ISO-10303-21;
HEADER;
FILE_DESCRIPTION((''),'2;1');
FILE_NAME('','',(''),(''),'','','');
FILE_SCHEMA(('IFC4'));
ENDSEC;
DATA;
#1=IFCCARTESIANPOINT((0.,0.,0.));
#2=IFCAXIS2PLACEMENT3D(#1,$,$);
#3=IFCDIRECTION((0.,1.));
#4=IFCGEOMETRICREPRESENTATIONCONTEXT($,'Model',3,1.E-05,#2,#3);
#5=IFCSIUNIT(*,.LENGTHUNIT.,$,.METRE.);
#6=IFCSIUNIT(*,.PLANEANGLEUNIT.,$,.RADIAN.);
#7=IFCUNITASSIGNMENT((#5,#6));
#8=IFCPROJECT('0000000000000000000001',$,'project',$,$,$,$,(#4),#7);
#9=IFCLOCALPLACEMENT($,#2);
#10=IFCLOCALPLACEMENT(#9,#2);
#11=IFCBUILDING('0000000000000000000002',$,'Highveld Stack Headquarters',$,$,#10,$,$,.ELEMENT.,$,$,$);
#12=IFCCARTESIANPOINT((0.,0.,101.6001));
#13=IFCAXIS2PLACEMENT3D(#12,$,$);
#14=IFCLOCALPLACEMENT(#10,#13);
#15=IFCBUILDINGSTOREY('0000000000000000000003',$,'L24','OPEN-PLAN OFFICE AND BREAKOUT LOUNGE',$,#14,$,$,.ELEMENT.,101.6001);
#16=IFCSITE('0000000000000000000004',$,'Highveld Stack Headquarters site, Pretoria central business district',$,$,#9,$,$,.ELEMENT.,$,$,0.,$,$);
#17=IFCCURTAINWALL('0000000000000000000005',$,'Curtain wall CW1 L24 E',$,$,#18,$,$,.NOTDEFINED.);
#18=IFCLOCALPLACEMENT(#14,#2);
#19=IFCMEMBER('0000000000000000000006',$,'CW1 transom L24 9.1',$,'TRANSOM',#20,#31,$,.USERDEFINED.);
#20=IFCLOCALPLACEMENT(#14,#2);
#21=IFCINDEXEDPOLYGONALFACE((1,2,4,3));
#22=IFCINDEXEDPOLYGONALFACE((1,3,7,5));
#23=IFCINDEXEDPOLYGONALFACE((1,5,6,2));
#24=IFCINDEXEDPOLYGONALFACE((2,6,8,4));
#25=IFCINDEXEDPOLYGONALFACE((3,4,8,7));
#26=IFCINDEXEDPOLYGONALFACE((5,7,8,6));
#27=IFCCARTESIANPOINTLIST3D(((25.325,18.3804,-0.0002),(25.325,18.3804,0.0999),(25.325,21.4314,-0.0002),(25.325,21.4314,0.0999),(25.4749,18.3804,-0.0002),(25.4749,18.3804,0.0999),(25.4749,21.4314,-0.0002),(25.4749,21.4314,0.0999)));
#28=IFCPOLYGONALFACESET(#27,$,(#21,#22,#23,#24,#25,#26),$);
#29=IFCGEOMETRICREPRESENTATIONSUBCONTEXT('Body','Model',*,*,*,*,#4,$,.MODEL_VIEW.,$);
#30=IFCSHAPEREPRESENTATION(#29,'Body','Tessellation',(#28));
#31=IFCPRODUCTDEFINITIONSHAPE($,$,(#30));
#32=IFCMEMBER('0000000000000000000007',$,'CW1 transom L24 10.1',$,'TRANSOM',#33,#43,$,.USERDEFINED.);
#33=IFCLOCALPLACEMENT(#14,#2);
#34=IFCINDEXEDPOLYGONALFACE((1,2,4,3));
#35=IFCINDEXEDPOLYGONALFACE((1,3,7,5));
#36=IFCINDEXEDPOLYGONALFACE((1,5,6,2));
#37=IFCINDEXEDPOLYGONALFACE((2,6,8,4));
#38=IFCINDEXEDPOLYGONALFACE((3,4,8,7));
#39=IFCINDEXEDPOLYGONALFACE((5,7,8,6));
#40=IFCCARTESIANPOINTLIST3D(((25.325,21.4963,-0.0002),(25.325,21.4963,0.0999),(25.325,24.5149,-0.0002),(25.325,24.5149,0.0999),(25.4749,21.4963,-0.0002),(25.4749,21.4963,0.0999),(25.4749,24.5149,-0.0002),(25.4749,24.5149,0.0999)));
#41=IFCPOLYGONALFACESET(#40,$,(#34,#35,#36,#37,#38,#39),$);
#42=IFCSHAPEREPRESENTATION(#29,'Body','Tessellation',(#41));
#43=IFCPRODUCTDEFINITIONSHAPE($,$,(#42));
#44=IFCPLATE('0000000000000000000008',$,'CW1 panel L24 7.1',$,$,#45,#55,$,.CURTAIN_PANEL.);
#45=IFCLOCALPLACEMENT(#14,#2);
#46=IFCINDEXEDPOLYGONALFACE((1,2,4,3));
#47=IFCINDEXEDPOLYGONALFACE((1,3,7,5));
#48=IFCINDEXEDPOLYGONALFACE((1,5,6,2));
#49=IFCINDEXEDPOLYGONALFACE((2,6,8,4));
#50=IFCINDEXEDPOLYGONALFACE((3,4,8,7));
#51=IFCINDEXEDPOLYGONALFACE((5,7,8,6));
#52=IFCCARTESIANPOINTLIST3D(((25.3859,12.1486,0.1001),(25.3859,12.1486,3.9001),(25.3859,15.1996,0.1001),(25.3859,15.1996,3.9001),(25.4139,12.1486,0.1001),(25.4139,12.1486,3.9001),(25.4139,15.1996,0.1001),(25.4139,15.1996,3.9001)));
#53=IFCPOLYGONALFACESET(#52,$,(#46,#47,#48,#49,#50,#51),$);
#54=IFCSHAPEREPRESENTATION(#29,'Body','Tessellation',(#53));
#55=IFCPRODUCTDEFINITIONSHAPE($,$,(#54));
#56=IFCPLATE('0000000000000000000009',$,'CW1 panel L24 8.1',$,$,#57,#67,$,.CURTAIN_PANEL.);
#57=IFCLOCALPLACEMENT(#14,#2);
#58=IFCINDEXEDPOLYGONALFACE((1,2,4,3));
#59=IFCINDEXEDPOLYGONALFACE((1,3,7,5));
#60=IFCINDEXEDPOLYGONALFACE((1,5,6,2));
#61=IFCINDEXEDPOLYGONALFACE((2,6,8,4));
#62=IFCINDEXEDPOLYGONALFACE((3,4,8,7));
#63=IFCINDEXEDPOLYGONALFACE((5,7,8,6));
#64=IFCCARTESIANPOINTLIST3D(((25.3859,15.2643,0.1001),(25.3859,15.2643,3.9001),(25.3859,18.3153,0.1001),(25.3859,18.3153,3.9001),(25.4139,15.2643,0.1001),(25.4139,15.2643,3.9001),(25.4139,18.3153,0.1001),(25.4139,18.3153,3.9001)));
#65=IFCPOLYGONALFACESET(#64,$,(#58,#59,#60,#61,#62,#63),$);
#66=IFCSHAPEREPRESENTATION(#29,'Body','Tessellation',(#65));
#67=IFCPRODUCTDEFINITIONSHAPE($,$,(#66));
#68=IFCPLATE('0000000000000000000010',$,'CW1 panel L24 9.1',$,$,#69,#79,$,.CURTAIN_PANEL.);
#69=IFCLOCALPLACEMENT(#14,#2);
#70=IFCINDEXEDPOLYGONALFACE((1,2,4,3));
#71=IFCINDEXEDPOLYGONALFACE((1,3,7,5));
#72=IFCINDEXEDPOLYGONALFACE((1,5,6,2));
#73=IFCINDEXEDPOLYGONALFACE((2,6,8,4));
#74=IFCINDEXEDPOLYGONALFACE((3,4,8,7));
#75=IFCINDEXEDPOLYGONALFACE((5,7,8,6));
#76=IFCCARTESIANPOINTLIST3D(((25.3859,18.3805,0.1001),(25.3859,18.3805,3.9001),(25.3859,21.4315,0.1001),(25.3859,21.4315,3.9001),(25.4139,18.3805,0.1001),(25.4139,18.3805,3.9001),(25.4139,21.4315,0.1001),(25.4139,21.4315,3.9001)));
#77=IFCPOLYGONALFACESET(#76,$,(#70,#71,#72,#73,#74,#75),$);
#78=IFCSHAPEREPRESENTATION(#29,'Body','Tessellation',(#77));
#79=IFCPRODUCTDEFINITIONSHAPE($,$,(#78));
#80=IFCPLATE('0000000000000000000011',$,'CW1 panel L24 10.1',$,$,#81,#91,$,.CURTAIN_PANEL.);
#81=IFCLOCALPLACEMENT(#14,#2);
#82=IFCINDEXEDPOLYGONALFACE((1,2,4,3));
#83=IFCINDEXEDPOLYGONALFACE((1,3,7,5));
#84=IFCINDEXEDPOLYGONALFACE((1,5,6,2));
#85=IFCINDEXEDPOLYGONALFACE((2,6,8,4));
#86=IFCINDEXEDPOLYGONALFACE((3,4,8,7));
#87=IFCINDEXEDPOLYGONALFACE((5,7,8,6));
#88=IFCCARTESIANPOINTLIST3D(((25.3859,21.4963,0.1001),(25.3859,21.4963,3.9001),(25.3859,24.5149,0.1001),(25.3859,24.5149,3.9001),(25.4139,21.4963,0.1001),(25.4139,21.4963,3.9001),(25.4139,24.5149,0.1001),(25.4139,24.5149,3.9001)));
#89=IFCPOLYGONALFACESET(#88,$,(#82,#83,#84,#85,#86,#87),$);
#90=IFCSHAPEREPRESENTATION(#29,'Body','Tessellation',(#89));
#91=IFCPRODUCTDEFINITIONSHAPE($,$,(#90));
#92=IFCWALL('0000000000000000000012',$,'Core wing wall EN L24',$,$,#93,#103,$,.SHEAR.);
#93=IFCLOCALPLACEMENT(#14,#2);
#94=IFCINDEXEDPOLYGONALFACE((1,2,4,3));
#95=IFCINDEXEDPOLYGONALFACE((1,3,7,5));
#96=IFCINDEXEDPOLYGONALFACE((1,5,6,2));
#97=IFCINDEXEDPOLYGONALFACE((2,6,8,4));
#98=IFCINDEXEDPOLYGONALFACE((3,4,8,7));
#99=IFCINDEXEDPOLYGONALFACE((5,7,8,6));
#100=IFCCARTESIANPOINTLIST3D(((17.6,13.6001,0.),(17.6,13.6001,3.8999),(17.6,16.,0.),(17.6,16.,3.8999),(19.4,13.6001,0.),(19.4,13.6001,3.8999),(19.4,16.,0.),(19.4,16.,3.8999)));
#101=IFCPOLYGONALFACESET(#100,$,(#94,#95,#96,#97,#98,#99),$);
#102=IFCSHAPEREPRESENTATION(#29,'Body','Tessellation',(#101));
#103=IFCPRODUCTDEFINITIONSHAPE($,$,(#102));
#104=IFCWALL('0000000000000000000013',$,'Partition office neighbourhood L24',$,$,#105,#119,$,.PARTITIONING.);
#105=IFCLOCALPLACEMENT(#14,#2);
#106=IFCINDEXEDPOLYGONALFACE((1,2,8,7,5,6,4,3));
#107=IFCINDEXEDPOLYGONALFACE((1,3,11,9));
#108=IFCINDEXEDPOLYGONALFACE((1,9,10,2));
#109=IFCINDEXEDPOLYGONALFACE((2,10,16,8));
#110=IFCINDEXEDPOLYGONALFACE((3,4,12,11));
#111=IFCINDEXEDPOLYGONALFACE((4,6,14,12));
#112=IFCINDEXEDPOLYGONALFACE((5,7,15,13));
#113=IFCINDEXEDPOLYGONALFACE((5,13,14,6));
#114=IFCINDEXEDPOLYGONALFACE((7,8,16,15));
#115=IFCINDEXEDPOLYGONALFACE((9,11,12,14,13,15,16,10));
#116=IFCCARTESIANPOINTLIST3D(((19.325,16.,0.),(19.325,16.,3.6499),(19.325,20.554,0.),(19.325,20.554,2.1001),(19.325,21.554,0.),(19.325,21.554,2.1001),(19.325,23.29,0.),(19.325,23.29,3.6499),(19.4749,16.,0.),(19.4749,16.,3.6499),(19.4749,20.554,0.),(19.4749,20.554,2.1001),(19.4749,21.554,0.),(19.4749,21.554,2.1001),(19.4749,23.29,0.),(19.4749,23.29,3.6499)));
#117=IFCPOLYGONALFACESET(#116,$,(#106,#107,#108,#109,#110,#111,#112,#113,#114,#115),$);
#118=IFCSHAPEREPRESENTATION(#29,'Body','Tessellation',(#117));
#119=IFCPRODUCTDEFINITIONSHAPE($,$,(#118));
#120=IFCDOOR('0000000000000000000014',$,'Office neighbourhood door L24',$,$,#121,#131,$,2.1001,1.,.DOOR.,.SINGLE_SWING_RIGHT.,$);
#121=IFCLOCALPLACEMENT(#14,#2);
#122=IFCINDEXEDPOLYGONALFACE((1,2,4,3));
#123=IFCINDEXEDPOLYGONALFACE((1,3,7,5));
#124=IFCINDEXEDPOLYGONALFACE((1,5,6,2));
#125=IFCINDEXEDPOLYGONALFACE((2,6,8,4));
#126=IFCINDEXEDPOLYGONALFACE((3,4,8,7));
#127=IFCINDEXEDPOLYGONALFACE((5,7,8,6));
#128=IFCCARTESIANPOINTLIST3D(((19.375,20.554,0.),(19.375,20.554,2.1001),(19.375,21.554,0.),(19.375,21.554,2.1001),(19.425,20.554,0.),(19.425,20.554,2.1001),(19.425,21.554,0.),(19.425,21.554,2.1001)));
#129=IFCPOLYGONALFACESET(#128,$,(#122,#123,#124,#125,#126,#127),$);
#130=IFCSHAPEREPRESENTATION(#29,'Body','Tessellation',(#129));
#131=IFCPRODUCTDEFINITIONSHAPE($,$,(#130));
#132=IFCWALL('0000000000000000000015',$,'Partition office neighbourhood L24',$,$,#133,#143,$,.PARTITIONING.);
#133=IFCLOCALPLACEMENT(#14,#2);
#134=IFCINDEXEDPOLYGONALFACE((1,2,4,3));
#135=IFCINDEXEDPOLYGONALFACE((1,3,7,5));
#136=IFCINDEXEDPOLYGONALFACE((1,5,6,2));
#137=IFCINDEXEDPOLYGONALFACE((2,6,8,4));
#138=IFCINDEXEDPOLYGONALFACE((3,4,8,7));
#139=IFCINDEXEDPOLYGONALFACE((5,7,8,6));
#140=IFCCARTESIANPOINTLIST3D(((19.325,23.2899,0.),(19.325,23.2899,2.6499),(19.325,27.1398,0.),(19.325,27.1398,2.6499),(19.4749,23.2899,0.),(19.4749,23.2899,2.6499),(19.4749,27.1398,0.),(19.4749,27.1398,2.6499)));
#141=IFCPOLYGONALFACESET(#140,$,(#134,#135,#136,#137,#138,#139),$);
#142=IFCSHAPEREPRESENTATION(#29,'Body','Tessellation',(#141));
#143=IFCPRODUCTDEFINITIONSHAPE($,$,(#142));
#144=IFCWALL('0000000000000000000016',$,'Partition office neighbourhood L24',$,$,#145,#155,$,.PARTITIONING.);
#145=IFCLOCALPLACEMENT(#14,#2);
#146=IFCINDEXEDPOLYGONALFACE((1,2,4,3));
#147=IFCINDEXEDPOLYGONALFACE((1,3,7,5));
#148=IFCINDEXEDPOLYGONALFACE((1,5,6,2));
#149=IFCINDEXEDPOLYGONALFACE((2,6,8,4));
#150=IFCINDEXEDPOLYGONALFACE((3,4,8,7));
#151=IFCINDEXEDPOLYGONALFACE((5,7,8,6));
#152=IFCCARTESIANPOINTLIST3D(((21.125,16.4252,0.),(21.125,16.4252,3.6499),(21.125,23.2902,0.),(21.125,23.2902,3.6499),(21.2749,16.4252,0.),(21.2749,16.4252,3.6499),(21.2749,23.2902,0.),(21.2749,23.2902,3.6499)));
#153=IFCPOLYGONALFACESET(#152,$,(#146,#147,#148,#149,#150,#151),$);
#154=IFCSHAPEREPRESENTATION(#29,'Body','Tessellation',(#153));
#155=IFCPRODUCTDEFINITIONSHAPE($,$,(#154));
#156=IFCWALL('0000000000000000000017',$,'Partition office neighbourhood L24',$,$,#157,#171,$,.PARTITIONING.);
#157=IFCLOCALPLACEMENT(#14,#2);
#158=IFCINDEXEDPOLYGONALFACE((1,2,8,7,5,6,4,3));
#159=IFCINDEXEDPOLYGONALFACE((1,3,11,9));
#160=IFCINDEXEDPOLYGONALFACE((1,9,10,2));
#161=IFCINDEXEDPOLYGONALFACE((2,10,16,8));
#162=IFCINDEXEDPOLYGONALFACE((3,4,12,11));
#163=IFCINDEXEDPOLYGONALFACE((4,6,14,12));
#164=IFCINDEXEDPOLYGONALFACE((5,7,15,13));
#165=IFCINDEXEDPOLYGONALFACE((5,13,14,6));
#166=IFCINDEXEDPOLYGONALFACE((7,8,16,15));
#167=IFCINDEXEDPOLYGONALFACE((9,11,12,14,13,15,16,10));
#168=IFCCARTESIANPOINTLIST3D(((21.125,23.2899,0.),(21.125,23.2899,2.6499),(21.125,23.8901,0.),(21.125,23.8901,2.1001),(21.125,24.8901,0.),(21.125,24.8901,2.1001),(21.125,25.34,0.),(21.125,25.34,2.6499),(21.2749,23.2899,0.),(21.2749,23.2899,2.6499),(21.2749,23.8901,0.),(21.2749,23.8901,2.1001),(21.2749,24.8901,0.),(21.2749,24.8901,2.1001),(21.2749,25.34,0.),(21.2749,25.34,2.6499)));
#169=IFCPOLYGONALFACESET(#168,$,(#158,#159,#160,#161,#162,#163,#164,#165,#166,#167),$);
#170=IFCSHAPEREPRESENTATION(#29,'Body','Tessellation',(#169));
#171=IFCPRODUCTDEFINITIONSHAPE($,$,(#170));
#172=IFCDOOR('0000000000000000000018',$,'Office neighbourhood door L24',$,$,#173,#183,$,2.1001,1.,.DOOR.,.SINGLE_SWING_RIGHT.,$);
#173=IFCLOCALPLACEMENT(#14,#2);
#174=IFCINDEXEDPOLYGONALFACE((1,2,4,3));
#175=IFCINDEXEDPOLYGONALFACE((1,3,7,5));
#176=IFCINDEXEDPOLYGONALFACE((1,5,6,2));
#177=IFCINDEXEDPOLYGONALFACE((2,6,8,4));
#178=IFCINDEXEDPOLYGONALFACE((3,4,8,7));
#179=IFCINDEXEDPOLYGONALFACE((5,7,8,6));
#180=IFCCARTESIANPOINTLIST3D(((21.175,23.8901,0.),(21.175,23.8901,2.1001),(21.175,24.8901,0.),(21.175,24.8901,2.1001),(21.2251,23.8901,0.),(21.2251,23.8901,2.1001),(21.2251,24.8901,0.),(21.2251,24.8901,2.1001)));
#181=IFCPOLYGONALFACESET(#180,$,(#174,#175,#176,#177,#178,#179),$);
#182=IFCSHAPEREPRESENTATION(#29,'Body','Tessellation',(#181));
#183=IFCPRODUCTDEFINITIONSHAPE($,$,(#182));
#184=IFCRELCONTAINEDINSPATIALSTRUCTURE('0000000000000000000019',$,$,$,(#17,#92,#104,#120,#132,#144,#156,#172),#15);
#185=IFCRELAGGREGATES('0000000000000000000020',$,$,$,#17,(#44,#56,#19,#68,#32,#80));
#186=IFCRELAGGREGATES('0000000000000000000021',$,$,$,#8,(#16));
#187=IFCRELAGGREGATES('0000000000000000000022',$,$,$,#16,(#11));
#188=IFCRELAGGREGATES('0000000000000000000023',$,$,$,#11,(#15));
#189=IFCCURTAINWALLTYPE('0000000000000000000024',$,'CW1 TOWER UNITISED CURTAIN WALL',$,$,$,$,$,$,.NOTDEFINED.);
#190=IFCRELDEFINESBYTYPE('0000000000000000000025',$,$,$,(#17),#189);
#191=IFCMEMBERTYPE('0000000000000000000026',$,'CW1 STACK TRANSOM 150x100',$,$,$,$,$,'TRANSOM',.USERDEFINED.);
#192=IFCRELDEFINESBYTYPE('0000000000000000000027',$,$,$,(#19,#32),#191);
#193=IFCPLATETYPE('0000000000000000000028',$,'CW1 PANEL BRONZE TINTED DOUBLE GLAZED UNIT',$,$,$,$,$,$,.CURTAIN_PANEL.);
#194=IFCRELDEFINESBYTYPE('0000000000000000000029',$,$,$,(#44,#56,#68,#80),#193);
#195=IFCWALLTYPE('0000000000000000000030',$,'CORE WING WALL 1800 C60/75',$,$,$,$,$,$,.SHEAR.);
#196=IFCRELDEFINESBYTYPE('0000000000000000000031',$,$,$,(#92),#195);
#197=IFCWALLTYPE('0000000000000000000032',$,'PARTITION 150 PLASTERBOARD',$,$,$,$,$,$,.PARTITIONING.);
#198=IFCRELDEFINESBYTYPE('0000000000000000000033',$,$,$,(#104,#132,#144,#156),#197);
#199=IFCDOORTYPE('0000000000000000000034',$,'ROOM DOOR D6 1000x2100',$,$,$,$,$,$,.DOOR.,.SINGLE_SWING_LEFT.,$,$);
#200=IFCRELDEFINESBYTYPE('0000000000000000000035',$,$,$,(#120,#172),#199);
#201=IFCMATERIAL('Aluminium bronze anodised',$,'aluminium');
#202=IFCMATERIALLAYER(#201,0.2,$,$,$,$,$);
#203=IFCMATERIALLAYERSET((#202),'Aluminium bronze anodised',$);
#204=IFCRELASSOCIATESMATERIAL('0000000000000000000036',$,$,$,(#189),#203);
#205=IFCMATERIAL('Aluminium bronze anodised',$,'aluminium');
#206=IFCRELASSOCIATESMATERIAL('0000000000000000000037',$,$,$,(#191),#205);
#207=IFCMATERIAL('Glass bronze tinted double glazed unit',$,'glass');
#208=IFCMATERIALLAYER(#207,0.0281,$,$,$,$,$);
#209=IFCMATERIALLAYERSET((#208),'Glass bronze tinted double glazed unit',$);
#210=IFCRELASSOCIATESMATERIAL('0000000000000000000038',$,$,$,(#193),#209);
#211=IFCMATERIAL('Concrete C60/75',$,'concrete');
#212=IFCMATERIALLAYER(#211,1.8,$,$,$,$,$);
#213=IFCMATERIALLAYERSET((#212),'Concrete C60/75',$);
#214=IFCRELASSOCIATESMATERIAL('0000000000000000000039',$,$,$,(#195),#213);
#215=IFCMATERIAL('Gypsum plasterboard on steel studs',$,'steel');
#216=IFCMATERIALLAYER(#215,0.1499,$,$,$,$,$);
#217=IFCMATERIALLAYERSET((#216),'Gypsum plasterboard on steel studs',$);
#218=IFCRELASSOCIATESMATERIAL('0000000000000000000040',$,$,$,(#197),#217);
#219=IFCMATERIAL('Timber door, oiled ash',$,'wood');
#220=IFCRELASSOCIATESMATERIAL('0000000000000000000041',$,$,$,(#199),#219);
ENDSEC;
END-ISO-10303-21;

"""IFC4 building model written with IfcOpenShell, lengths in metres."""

from ifc_helpers import new_model, si_unit, direction, frame, frame_2d, origin, origin_2d, place, context, subcontext, project, spatial, rectangle, extrude, material, layer, layer_set, material_profile, profile_set, type_object, element, fill, aggregate, save


model = new_model("IFC4")

# Units and contexts
model_context = context("Model", 3, precision=1e-05, world=origin(), true_north=direction((0.0, 1.0)))
body_context = subcontext(model_context, "Body", "Model", "MODEL_VIEW")
ifc_project = project(units=[si_unit("LENGTHUNIT", "METRE"), si_unit("PLANEANGLEUNIT", "RADIAN")], contexts=[model_context])

# Site, building, storey
site_placement = place(None, origin())
site = spatial("IfcSite", under=ifc_project, at=site_placement, Name="Highveld Stack Headquarters site, Pretoria central business district", CompositionType="ELEMENT", RefElevation=0.0)
building_placement = place(site_placement, origin())
building = spatial("IfcBuilding", under=site, at=building_placement, Name="Highveld Stack Headquarters", CompositionType="ELEMENT")
storey_placement = place(building_placement, frame((0.0, 0.0, 101.6001)))
storey = spatial("IfcBuildingStorey", under=building, at=storey_placement, Name="L24", Description="OPEN-PLAN OFFICE AND BREAKOUT LOUNGE", CompositionType="ELEMENT", Elevation=101.6001)

# Curtain wall, members, plates
ifc_material_1 = material(Name="Aluminium bronze anodised", Category="aluminium")
ifc_layer_1 = layer(ifc_material_1, 0.2)
ifc_layer_set_1 = layer_set([ifc_layer_1], Name="Aluminium bronze anodised")
curtain_wall_type = type_object("IfcCurtainWallType", Name="CW1 TOWER UNITISED CURTAIN WALL", PredefinedType="NOTDEFINED", material=ifc_layer_set_1)
curtain_wall_placement = place(storey_placement, origin())
curtain_wall = element("IfcCurtainWall", 1, at=curtain_wall_placement, inside=storey, type_object=curtain_wall_type, Name="Curtain wall CW1 L24 E", PredefinedType="NOTDEFINED")
ifc_material_2 = material(Name="Aluminium bronze anodised", Category="aluminium")
ifc_material_profile_1 = material_profile(ifc_material_2, rectangle(XDim=0.1499, YDim=0.1001, at=origin_2d()), Name="CW1 TRANSOM 150x100")
ifc_profile_set_1 = profile_set([ifc_material_profile_1], Name="Aluminium bronze anodised")
member_type_1 = type_object("IfcMemberType", Name="CW1 STACK TRANSOM 150x100", ElementType="TRANSOM", PredefinedType="USERDEFINED", material=ifc_profile_set_1)
member_1_placement = place(storey_placement, frame((25.3999, 18.3804, 0.0498), z_axis=(0.0, 1.0, 0.0), x_axis=(-1.0, 0.0, 0.0)))
member_1 = element("IfcMember", 2, at=member_1_placement, type_object=member_type_1, Name="CW1 transom L24 9.1", ObjectType="TRANSOM", PredefinedType="USERDEFINED", context=body_context, shape_type="SweptSolid", body=[
    extrude(rectangle(XDim=0.1499, YDim=0.1001, at=origin_2d()), origin(), (0.0, 0.0, 1.0), 3.051),
])
member_2_placement = place(storey_placement, frame((25.3999, 21.4963, 0.0498), z_axis=(0.0, 1.0, 0.0), x_axis=(-1.0, 0.0, 0.0)))
member_2 = element("IfcMember", 3, at=member_2_placement, type_object=member_type_1, Name="CW1 transom L24 10.1", ObjectType="TRANSOM", PredefinedType="USERDEFINED", context=body_context, shape_type="SweptSolid", body=[
    extrude(rectangle(XDim=0.1499, YDim=0.1001, at=origin_2d()), origin(), (0.0, 0.0, 1.0), 3.0186),
])
ifc_material_3 = material(Name="Glass bronze tinted double glazed unit", Category="glass")
ifc_layer_2 = layer(ifc_material_3, 0.0281)
ifc_layer_set_2 = layer_set([ifc_layer_2], Name="Glass bronze tinted double glazed unit")
plate_type = type_object("IfcPlateType", Name="CW1 PANEL BRONZE TINTED DOUBLE GLAZED UNIT", PredefinedType="CURTAIN_PANEL", material=ifc_layer_set_2)
plate_1_placement = place(storey_placement, frame((25.3999, 13.6741, 0.1001), z_axis=(0.0, 0.0, 1.0), x_axis=(0.0, 1.0, 0.0)))
plate_1 = element("IfcPlate", 4, at=plate_1_placement, type_object=plate_type, Name="CW1 panel L24 7.1", PredefinedType="CURTAIN_PANEL", context=body_context, shape_type="SweptSolid", body=[
    extrude(rectangle(XDim=3.051, YDim=0.0281, at=origin_2d()), origin(), (0.0, 0.0, 1.0), 3.8),
])
plate_2_placement = place(storey_placement, frame((25.3999, 16.7898, 0.1001), z_axis=(0.0, 0.0, 1.0), x_axis=(0.0, 1.0, 0.0)))
plate_2 = element("IfcPlate", 5, at=plate_2_placement, type_object=plate_type, Name="CW1 panel L24 8.1", PredefinedType="CURTAIN_PANEL", context=body_context, shape_type="SweptSolid", body=[
    extrude(rectangle(XDim=3.051, YDim=0.0281, at=origin_2d()), origin(), (0.0, 0.0, 1.0), 3.8),
])
plate_3_placement = place(storey_placement, frame((25.3999, 19.906, 0.1001), z_axis=(0.0, 0.0, 1.0), x_axis=(0.0, 1.0, 0.0)))
plate_3 = element("IfcPlate", 6, at=plate_3_placement, type_object=plate_type, Name="CW1 panel L24 9.1", PredefinedType="CURTAIN_PANEL", context=body_context, shape_type="SweptSolid", body=[
    extrude(rectangle(XDim=3.051, YDim=0.0281, at=origin_2d()), origin(), (0.0, 0.0, 1.0), 3.8),
])
plate_4_placement = place(storey_placement, frame((25.3999, 23.0056, 0.1001), z_axis=(0.0, 0.0, 1.0), x_axis=(0.0, 1.0, 0.0)))
plate_4 = element("IfcPlate", 7, at=plate_4_placement, type_object=plate_type, Name="CW1 panel L24 10.1", PredefinedType="CURTAIN_PANEL", context=body_context, shape_type="SweptSolid", body=[
    extrude(rectangle(XDim=3.0186, YDim=0.0281, at=origin_2d()), origin(), (0.0, 0.0, 1.0), 3.8),
])
aggregate(curtain_wall, [plate_1, plate_2, member_1, plate_3, member_2, plate_4])

# Wall
ifc_material_4 = material(Name="Concrete C60/75", Category="concrete")
ifc_layer_3 = layer(ifc_material_4, 1.8)
ifc_layer_set_3 = layer_set([ifc_layer_3], Name="Concrete C60/75")
wall_type_1 = type_object("IfcWallType", Name="CORE WING WALL 1800 C60/75", PredefinedType="SHEAR", material=ifc_layer_set_3)
wall_1_placement = place(storey_placement, frame((18.5, 13.6001, 0.0), z_axis=(0.0, 0.0, 1.0), x_axis=(0.0, 1.0, 0.0)))
element("IfcWall", 8, at=wall_1_placement, inside=storey, type_object=wall_type_1, Name="Core wing wall EN L24", PredefinedType="SHEAR", context=body_context, shape_type="SweptSolid", body=[
    extrude(rectangle(XDim=2.3999, YDim=1.8, at=frame_2d((1.2, 0.0))), origin(), (0.0, 0.0, 1.0), 3.8999),
])

# Wall, opening, door
ifc_material_5 = material(Name="Gypsum plasterboard on steel studs", Category="steel")
ifc_layer_4 = layer(ifc_material_5, 0.1499)
ifc_layer_set_4 = layer_set([ifc_layer_4], Name="Gypsum plasterboard on steel studs")
wall_type_2 = type_object("IfcWallType", Name="PARTITION 150 PLASTERBOARD", PredefinedType="PARTITIONING", material=ifc_layer_set_4)
wall_2_placement = place(storey_placement, frame((19.3999, 16.0, 0.0), z_axis=(0.0, 0.0, 1.0), x_axis=(0.0, 1.0, 0.0)))
wall_2 = element("IfcWall", 9, at=wall_2_placement, inside=storey, type_object=wall_type_2, Name="Partition office neighbourhood L24", PredefinedType="PARTITIONING", context=body_context, shape_type="SweptSolid", body=[
    extrude(rectangle(XDim=7.29, YDim=0.1499, at=frame_2d((3.645, 0.0))), origin(), (0.0, 0.0, 1.0), 3.6499),
])
opening_1_placement = place(wall_2_placement, frame((4.554, 0.0, 0.0)))
opening_1 = element("IfcOpeningElement", 10, at=opening_1_placement, cuts=wall_2, PredefinedType="OPENING", context=body_context, shape_type="SweptSolid", body=[
    extrude(rectangle(XDim=1.0, YDim=2.1001, at=frame_2d((0.5, 1.05))), frame((0.0, 0.085, 0.0), z_axis=(0.0, -1.0, 0.0), x_axis=(1.0, 0.0, 0.0)), (0.0, 0.0, 1.0), 0.1699),
])
ifc_material_6 = material(Name="Timber door, oiled ash", Category="wood")
door_type = type_object("IfcDoorType", Name="ROOM DOOR D6 1000x2100", OperationType="SINGLE_SWING_LEFT", PredefinedType="DOOR", material=ifc_material_6)
door_1_placement = place(opening_1_placement, origin())
door_1 = element("IfcDoor", 11, at=door_1_placement, inside=storey, type_object=door_type, Name="Office neighbourhood door L24", OperationType="SINGLE_SWING_RIGHT", OverallHeight=2.1001, OverallWidth=1.0, PredefinedType="DOOR", context=body_context, shape_type="SweptSolid", body=[
    extrude(rectangle(XDim=1.0, YDim=2.1001, at=frame_2d((0.5, 1.05))), frame((0.0, 0.0249, 0.0), z_axis=(0.0, -1.0, 0.0), x_axis=(1.0, 0.0, 0.0)), (0.0, 0.0, 1.0), 0.05),
])
fill(opening_1, door_1)

# Walls
wall_3_placement = place(storey_placement, frame((19.3999, 23.29, 0.0), z_axis=(0.0, 0.0, 1.0), x_axis=(0.0, 1.0, 0.0)))
element("IfcWall", 12, at=wall_3_placement, inside=storey, type_object=wall_type_2, Name="Partition office neighbourhood L24", PredefinedType="PARTITIONING", context=body_context, shape_type="SweptSolid", body=[
    extrude(rectangle(XDim=3.8499, YDim=0.1499, at=frame_2d((1.9248, 0.0))), origin(), (0.0, 0.0, 1.0), 2.6499),
])
wall_4_placement = place(storey_placement, frame((21.2, 16.425, 0.0), z_axis=(0.0, 0.0, 1.0), x_axis=(0.0, 1.0, 0.0)))
element("IfcWall", 13, at=wall_4_placement, inside=storey, type_object=wall_type_2, Name="Partition office neighbourhood L24", PredefinedType="PARTITIONING", context=body_context, shape_type="SweptSolid", body=[
    extrude(rectangle(XDim=6.865, YDim=0.1499, at=frame_2d((3.4326, 0.0))), origin(), (0.0, 0.0, 1.0), 3.6499),
])

# Wall, opening, door
wall_5_placement = place(storey_placement, frame((21.2, 23.29, 0.0), z_axis=(0.0, 0.0, 1.0), x_axis=(0.0, 1.0, 0.0)))
wall_5 = element("IfcWall", 14, at=wall_5_placement, inside=storey, type_object=wall_type_2, Name="Partition office neighbourhood L24", PredefinedType="PARTITIONING", context=body_context, shape_type="SweptSolid", body=[
    extrude(rectangle(XDim=2.05, YDim=0.1499, at=frame_2d((1.0249, 0.0))), origin(), (0.0, 0.0, 1.0), 2.6499),
])
opening_2_placement = place(wall_5_placement, frame((0.6001, 0.0, 0.0)))
opening_2 = element("IfcOpeningElement", 15, at=opening_2_placement, cuts=wall_5, PredefinedType="OPENING", context=body_context, shape_type="SweptSolid", body=[
    extrude(rectangle(XDim=1.0, YDim=2.1001, at=frame_2d((0.5, 1.05))), frame((0.0, 0.085, 0.0), z_axis=(0.0, -1.0, 0.0), x_axis=(1.0, 0.0, 0.0)), (0.0, 0.0, 1.0), 0.1699),
])
door_2_placement = place(opening_2_placement, origin())
door_2 = element("IfcDoor", 16, at=door_2_placement, inside=storey, type_object=door_type, Name="Office neighbourhood door L24", OperationType="SINGLE_SWING_RIGHT", OverallHeight=2.1001, OverallWidth=1.0, PredefinedType="DOOR", context=body_context, shape_type="SweptSolid", body=[
    extrude(rectangle(XDim=1.0, YDim=2.1001, at=frame_2d((0.5, 1.05))), frame((0.0, 0.0249, 0.0), z_axis=(0.0, -1.0, 0.0), x_axis=(1.0, 0.0, 0.0)), (0.0, 0.0, 1.0), 0.05),
])
fill(opening_2, door_2)

save(model, "model.ifc")
